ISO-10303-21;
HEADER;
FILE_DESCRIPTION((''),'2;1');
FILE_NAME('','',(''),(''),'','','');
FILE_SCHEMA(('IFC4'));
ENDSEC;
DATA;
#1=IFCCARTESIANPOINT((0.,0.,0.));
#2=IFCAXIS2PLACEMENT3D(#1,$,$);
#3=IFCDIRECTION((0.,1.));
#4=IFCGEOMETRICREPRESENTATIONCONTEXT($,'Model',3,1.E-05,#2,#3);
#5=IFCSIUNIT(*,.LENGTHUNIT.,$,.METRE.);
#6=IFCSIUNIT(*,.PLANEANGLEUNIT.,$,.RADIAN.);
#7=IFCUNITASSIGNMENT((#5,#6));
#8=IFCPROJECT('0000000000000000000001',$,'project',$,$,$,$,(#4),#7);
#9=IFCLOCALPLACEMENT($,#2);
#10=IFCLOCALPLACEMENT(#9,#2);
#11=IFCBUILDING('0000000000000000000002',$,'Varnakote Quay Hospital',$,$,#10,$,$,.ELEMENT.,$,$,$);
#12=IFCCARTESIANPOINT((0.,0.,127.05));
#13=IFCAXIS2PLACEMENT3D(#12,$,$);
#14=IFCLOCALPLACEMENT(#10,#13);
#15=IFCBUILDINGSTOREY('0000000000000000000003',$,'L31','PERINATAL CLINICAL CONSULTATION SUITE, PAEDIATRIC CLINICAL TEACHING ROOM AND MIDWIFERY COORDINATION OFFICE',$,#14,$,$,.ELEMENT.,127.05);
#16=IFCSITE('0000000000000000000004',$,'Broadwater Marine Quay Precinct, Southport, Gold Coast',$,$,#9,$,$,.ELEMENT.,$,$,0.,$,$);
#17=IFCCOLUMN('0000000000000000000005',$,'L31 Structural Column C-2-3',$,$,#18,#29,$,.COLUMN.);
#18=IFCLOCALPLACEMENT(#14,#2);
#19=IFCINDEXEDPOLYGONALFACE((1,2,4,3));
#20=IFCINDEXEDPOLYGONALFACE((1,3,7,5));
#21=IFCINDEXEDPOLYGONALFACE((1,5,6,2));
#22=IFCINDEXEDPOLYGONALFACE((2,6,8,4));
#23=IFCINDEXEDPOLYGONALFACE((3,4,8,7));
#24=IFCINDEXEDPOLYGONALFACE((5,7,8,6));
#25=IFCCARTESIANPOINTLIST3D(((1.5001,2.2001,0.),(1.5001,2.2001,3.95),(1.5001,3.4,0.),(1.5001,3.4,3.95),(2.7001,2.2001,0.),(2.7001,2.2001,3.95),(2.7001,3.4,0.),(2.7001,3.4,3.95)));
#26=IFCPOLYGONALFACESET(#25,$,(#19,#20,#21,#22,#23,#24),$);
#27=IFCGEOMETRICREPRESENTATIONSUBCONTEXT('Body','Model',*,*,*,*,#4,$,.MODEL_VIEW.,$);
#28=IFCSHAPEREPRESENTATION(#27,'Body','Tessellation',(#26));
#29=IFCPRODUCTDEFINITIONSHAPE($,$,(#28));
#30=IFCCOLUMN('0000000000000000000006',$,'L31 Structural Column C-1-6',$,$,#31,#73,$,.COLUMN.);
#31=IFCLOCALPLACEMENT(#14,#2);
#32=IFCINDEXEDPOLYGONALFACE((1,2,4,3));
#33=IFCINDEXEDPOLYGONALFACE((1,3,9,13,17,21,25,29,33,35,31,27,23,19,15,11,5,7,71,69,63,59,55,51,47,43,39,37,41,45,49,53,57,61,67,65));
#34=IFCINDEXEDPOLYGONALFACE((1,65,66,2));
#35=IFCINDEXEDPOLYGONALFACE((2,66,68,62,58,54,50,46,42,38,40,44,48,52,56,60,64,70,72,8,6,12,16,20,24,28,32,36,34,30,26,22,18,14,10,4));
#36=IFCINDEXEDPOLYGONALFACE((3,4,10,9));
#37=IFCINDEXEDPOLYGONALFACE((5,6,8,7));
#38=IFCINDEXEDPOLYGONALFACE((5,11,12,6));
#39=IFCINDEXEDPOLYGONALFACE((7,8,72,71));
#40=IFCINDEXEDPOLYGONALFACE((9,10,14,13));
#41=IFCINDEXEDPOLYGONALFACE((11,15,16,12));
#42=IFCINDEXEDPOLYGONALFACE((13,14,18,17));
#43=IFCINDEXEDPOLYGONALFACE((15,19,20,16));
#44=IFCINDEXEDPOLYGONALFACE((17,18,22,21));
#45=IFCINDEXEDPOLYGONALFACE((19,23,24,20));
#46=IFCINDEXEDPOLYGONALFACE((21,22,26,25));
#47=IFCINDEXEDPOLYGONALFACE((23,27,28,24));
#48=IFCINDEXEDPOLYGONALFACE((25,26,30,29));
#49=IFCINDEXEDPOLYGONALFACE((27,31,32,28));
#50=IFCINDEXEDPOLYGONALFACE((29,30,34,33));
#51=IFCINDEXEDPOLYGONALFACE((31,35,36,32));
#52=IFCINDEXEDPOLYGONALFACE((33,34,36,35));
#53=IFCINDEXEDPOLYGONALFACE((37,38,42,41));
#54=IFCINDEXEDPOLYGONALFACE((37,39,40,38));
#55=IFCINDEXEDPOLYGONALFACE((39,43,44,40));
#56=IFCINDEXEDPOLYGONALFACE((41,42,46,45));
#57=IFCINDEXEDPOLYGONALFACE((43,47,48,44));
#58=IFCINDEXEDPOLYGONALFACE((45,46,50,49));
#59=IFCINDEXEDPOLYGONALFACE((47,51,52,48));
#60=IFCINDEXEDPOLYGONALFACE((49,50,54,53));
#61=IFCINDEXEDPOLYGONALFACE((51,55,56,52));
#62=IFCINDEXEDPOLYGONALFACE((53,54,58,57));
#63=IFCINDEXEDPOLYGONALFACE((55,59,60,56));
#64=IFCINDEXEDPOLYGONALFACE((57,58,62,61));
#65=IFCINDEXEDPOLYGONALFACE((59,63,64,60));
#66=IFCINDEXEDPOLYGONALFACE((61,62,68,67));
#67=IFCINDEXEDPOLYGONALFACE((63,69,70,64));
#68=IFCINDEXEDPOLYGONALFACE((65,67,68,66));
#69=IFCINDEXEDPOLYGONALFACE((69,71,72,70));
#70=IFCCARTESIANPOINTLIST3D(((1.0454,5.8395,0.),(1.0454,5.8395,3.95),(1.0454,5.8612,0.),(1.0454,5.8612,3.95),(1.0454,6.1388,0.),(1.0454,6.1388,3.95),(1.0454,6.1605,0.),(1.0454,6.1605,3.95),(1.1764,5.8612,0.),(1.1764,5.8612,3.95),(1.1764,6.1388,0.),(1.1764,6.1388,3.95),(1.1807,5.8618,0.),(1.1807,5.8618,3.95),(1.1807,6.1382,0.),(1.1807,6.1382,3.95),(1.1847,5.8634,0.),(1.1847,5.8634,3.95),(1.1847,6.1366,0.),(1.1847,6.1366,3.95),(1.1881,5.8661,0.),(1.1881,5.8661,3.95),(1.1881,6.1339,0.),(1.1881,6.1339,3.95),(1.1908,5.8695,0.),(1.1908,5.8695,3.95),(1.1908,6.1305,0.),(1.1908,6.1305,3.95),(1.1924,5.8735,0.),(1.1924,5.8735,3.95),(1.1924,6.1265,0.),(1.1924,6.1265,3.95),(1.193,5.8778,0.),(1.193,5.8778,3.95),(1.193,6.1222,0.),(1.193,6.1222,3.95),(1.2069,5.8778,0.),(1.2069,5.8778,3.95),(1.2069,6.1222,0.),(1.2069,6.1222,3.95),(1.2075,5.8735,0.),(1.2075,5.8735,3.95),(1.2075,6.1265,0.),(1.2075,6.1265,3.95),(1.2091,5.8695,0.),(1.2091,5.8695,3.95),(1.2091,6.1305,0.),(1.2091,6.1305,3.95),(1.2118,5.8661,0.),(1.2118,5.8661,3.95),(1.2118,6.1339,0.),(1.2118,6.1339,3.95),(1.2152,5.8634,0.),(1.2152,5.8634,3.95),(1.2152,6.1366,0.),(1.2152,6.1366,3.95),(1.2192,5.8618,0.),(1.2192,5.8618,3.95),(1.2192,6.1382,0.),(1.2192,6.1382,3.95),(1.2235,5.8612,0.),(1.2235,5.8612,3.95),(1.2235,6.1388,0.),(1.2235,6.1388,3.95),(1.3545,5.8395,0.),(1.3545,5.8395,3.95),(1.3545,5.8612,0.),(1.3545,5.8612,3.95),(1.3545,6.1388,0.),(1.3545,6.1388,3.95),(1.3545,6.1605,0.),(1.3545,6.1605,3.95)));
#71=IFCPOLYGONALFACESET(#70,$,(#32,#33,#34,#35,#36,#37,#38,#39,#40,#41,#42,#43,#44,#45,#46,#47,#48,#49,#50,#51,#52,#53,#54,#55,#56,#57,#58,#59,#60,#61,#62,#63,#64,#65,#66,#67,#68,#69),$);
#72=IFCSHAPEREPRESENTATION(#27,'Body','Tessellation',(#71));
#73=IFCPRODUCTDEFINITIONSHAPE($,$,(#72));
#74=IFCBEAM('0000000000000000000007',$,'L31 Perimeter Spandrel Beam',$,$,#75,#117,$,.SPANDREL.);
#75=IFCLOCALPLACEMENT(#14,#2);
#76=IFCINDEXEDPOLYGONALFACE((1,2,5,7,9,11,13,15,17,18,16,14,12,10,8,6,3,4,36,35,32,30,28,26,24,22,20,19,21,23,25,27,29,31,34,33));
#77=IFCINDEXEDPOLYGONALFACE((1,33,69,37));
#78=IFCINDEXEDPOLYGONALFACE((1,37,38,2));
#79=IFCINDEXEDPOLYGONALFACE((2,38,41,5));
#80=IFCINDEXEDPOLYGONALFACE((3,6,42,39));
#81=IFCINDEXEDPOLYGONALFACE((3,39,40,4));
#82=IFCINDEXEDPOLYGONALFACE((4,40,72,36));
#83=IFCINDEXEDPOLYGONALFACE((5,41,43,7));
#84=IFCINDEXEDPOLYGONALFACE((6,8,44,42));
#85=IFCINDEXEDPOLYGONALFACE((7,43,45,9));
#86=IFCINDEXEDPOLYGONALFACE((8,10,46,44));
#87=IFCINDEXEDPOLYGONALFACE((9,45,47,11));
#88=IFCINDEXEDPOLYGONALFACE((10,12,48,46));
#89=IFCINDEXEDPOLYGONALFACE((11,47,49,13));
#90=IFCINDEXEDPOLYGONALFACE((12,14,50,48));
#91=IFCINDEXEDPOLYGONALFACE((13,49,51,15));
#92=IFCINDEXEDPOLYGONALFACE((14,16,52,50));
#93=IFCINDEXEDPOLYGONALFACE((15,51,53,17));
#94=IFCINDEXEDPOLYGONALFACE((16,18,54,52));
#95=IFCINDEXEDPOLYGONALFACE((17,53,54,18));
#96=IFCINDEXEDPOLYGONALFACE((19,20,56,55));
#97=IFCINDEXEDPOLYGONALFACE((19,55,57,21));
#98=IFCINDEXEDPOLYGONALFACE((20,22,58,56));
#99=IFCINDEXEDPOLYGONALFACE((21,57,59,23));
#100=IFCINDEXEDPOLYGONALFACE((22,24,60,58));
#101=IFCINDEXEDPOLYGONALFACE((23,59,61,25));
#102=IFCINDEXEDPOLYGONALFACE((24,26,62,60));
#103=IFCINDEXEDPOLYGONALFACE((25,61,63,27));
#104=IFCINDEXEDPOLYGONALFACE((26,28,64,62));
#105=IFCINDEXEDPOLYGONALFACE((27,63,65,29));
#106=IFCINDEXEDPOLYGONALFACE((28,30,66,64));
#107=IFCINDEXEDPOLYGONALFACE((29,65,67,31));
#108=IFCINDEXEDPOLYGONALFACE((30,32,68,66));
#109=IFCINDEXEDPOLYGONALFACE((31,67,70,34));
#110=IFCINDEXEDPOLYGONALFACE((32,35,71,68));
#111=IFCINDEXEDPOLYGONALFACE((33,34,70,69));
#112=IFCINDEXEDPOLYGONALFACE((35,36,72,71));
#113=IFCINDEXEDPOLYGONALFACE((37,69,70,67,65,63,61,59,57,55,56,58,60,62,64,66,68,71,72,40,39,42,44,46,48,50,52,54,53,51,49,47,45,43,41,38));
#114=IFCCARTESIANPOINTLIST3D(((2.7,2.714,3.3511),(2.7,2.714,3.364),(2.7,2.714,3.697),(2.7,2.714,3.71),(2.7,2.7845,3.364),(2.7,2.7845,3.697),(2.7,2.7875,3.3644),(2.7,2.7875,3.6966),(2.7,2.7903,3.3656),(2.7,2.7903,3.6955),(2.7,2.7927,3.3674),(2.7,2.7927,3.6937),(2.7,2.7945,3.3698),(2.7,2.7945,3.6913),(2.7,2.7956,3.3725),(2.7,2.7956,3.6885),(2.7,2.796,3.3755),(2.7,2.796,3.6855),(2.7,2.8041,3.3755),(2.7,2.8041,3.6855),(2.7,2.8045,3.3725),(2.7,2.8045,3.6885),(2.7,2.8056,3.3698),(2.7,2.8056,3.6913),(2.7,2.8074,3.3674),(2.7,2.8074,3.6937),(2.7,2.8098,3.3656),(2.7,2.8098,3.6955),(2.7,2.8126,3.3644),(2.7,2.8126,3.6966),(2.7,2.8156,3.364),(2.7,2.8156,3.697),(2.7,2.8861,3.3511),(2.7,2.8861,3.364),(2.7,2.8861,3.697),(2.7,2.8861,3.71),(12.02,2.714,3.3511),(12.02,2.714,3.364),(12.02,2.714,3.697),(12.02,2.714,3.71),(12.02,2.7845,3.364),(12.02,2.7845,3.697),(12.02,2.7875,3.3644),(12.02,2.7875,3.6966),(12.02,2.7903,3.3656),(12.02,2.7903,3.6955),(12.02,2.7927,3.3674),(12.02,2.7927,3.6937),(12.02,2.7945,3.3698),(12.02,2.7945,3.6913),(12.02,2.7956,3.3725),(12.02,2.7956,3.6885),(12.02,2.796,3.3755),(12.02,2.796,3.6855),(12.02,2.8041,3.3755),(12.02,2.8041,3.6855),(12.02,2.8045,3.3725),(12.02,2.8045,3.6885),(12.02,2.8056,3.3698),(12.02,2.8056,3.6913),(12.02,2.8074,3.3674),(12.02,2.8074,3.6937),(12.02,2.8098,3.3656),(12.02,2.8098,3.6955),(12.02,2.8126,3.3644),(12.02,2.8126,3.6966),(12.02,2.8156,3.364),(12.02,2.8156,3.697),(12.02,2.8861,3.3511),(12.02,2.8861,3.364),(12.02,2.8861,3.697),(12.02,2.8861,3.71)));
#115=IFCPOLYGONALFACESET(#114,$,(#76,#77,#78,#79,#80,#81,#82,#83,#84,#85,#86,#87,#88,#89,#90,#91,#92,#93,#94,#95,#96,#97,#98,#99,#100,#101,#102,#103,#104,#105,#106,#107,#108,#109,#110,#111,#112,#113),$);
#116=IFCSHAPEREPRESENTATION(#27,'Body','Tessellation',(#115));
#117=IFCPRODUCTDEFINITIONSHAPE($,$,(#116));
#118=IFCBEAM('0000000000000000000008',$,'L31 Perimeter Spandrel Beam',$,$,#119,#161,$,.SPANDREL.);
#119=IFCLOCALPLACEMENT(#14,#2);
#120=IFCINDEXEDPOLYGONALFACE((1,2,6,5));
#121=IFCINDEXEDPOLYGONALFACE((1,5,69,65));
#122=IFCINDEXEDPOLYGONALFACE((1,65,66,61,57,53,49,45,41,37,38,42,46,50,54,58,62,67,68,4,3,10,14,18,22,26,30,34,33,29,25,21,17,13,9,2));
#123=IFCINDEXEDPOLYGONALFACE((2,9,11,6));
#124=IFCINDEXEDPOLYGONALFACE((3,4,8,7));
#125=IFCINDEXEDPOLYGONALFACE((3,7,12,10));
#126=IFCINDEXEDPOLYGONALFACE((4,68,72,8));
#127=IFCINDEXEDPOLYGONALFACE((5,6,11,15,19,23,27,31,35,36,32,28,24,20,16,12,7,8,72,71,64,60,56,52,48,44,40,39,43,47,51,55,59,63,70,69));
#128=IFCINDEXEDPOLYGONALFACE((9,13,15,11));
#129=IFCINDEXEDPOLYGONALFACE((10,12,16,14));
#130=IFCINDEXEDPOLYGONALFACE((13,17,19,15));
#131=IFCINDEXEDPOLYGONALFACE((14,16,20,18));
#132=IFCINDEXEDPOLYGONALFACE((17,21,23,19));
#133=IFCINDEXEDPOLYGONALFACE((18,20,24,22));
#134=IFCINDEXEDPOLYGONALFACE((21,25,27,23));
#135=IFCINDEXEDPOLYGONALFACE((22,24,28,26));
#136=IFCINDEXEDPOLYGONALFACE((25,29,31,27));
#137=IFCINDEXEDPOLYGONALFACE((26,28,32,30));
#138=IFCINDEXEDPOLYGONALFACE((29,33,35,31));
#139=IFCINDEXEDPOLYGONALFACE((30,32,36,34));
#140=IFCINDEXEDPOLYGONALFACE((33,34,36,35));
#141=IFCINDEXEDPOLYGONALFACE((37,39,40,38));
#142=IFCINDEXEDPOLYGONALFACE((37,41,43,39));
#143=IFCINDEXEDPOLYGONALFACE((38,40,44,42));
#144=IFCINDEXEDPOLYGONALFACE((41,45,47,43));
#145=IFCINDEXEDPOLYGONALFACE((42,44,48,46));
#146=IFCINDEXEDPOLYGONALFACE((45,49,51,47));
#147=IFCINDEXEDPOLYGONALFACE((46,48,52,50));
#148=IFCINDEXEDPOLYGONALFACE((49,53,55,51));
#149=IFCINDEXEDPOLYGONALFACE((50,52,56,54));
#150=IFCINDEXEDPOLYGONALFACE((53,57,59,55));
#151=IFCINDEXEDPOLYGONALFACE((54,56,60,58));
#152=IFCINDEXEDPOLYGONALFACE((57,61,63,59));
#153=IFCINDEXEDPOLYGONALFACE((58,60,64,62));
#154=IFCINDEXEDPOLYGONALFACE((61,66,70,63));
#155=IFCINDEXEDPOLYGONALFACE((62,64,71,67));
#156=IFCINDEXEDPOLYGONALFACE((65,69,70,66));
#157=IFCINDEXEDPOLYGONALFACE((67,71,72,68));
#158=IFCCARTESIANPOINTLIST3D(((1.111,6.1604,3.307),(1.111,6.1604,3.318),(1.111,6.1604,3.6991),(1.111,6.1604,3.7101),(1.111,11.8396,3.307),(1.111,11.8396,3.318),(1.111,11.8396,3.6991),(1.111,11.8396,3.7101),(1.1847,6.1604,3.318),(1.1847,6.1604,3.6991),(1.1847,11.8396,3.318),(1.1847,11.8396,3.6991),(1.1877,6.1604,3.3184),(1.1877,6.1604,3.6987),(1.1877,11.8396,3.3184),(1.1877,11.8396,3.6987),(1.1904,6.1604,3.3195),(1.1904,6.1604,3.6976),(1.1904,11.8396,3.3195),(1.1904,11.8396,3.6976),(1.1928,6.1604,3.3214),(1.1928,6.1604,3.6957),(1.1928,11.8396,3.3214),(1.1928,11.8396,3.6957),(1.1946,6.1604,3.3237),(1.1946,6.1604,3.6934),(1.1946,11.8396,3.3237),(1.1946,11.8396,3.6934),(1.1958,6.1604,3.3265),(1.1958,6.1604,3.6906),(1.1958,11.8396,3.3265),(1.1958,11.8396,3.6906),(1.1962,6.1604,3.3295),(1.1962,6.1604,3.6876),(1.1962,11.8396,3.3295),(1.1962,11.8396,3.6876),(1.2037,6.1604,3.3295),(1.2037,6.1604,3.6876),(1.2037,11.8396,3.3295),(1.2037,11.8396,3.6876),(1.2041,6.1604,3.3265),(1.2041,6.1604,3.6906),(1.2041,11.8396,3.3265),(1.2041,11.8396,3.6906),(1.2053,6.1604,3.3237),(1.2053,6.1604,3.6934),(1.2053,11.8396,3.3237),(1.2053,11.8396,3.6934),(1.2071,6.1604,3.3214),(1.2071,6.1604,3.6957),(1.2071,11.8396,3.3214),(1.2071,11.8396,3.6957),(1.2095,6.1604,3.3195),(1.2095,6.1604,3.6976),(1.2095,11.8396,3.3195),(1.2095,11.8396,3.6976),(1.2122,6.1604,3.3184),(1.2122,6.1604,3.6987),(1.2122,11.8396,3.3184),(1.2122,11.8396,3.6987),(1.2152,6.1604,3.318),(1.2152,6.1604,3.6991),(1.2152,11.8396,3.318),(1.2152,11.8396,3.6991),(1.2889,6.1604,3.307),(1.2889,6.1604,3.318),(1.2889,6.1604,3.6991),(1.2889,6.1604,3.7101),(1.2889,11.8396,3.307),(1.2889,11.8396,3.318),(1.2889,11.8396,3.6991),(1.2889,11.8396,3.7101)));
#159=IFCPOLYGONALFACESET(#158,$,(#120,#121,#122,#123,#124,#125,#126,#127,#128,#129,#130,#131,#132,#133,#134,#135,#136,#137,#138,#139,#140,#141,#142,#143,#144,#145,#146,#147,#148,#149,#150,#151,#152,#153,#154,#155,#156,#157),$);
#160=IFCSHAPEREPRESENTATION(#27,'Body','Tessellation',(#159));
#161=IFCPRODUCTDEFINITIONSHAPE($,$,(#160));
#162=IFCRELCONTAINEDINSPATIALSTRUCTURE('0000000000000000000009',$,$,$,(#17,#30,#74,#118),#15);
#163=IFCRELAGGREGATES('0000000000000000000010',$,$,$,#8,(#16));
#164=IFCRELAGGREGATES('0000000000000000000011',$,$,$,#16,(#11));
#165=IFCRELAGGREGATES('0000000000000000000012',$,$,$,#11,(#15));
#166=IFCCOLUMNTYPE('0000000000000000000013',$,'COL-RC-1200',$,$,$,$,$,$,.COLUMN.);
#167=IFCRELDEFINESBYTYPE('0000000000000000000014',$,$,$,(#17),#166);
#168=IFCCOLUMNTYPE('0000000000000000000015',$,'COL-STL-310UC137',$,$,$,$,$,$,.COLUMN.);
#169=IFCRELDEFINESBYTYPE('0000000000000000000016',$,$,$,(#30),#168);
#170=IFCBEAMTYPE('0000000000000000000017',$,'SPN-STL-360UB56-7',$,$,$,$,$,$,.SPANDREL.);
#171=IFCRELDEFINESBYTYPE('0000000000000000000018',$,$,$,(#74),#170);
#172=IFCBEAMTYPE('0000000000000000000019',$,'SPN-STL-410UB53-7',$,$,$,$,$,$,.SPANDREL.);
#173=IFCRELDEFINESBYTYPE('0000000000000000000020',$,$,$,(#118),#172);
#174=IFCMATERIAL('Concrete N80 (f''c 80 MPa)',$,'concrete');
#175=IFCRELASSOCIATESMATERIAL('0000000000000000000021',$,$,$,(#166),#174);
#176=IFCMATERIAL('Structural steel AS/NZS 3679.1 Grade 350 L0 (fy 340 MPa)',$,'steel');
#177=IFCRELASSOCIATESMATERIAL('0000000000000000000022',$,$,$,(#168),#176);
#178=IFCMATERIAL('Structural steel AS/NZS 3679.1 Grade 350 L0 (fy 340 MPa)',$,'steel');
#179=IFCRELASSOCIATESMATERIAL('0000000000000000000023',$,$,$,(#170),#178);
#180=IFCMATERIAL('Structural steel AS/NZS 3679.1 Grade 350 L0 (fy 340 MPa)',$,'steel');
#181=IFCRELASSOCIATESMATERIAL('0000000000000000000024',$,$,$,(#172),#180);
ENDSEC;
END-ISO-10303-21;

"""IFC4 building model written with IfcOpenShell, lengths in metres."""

from ifc_helpers import new_model, si_unit, direction, frame, origin, origin_2d, place, context, subcontext, project, spatial, rectangle, i_section, extrude, material, material_profile, profile_set, type_object, element, save


model = new_model("IFC4")

# Units and contexts
model_context = context("Model", 3, precision=1e-05, world=origin(), true_north=direction((0.0, 1.0)))
body_context = subcontext(model_context, "Body", "Model", "MODEL_VIEW")
ifc_project = project(units=[si_unit("LENGTHUNIT", "METRE"), si_unit("PLANEANGLEUNIT", "RADIAN")], contexts=[model_context])

# Site, building, storey
site_placement = place(None, origin())
site = spatial("IfcSite", under=ifc_project, at=site_placement, Name="Broadwater Marine Quay Precinct, Southport, Gold Coast", CompositionType="ELEMENT", RefElevation=0.0)
building_placement = place(site_placement, origin())
building = spatial("IfcBuilding", under=site, at=building_placement, Name="Varnakote Quay Hospital", CompositionType="ELEMENT")
storey_placement = place(building_placement, frame((0.0, 0.0, 127.05)))
storey = spatial("IfcBuildingStorey", under=building, at=storey_placement, Name="L31", Description="PERINATAL CLINICAL CONSULTATION SUITE, PAEDIATRIC CLINICAL TEACHING ROOM AND MIDWIFERY COORDINATION OFFICE", CompositionType="ELEMENT", Elevation=127.05)

# Columns
ifc_material_1 = material(Name="Concrete N80 (f'c 80 MPa)", Category="concrete")
ifc_material_profile_1 = material_profile(ifc_material_1, rectangle(XDim=1.2, YDim=1.2, at=origin_2d()), Name="RC-COL-1200x1200")
ifc_profile_set_1 = profile_set([ifc_material_profile_1], Name="Concrete N80 (f'c 80 MPa)")
column_type_1 = type_object("IfcColumnType", Name="COL-RC-1200", PredefinedType="COLUMN", material=ifc_profile_set_1)
column_1_placement = place(storey_placement, frame((2.1001, 2.8, 0.0), z_axis=(0.0, 0.0, 1.0), x_axis=(1.0, 0.0, 0.0)))
element("IfcColumn", 1, at=column_1_placement, inside=storey, type_object=column_type_1, Name="L31 Structural Column C-2-3", PredefinedType="COLUMN", context=body_context, shape_type="SweptSolid", body=[
    extrude(rectangle(XDim=1.2, YDim=1.2, at=origin_2d()), origin(), (0.0, 0.0, 1.0), 3.95),
])
ifc_material_2 = material(Name="Structural steel AS/NZS 3679.1 Grade 350 L0 (fy 340 MPa)", Category="steel")
ifc_material_profile_2 = material_profile(ifc_material_2, i_section(OverallWidth=0.3091, OverallDepth=0.321, WebThickness=0.0139, FlangeThickness=0.0217, FilletRadius=0.0166, at=origin_2d()), Name="310UC137")
ifc_profile_set_2 = profile_set([ifc_material_profile_2], Name="Structural steel AS/NZS 3679.1 Grade 350 L0 (fy 340 MPa)")
column_type_2 = type_object("IfcColumnType", Name="COL-STL-310UC137", PredefinedType="COLUMN", material=ifc_profile_set_2)
column_2_placement = place(storey_placement, frame((1.2, 6.0, 0.0), z_axis=(0.0, 0.0, 1.0), x_axis=(1.0, 0.0, 0.0)))
element("IfcColumn", 2, at=column_2_placement, inside=storey, type_object=column_type_2, Name="L31 Structural Column C-1-6", PredefinedType="COLUMN", context=body_context, shape_type="SweptSolid", body=[
    extrude(i_section(OverallWidth=0.3091, OverallDepth=0.321, WebThickness=0.0139, FlangeThickness=0.0217, FilletRadius=0.0166, at=origin_2d()), origin(), (0.0, 0.0, 1.0), 3.95),
])

# Beams
ifc_material_3 = material(Name="Structural steel AS/NZS 3679.1 Grade 350 L0 (fy 340 MPa)", Category="steel")
ifc_material_profile_3 = material_profile(ifc_material_3, i_section(OverallWidth=0.1721, OverallDepth=0.3589, WebThickness=0.0081, FlangeThickness=0.0129, FilletRadius=0.0115, at=origin_2d()), Name="360UB56.7")
ifc_profile_set_3 = profile_set([ifc_material_profile_3], Name="Structural steel AS/NZS 3679.1 Grade 350 L0 (fy 340 MPa)")
beam_type_1 = type_object("IfcBeamType", Name="SPN-STL-360UB56-7", PredefinedType="SPANDREL", material=ifc_profile_set_3)
beam_1_placement = place(storey_placement, frame((2.7, 2.8, 3.5305), z_axis=(1.0, 0.0, 0.0), x_axis=(0.0, 1.0, 0.0)))
element("IfcBeam", 3, at=beam_1_placement, inside=storey, type_object=beam_type_1, Name="L31 Perimeter Spandrel Beam", PredefinedType="SPANDREL", context=body_context, shape_type="SweptSolid", body=[
    extrude(i_section(OverallWidth=0.1721, OverallDepth=0.3589, WebThickness=0.0081, FlangeThickness=0.0129, FilletRadius=0.0115, at=origin_2d()), origin(), (0.0, 0.0, 1.0), 9.3201),
])
ifc_material_4 = material(Name="Structural steel AS/NZS 3679.1 Grade 350 L0 (fy 340 MPa)", Category="steel")
ifc_material_profile_4 = material_profile(ifc_material_4, i_section(OverallWidth=0.178, OverallDepth=0.4031, WebThickness=0.0076, FlangeThickness=0.011, FilletRadius=0.0115, at=origin_2d()), Name="410UB53.7")
ifc_profile_set_4 = profile_set([ifc_material_profile_4], Name="Structural steel AS/NZS 3679.1 Grade 350 L0 (fy 340 MPa)")
beam_type_2 = type_object("IfcBeamType", Name="SPN-STL-410UB53-7", PredefinedType="SPANDREL", material=ifc_profile_set_4)
beam_2_placement = place(storey_placement, frame((1.2, 6.1604, 3.5085), z_axis=(0.0, 1.0, 0.0), x_axis=(-1.0, 0.0, 0.0)))
element("IfcBeam", 4, at=beam_2_placement, inside=storey, type_object=beam_type_2, Name="L31 Perimeter Spandrel Beam", PredefinedType="SPANDREL", context=body_context, shape_type="SweptSolid", body=[
    extrude(i_section(OverallWidth=0.178, OverallDepth=0.4031, WebThickness=0.0076, FlangeThickness=0.011, FilletRadius=0.0115, at=origin_2d()), origin(), (0.0, 0.0, 1.0), 5.6792),
])

save(model, "model.ifc")
